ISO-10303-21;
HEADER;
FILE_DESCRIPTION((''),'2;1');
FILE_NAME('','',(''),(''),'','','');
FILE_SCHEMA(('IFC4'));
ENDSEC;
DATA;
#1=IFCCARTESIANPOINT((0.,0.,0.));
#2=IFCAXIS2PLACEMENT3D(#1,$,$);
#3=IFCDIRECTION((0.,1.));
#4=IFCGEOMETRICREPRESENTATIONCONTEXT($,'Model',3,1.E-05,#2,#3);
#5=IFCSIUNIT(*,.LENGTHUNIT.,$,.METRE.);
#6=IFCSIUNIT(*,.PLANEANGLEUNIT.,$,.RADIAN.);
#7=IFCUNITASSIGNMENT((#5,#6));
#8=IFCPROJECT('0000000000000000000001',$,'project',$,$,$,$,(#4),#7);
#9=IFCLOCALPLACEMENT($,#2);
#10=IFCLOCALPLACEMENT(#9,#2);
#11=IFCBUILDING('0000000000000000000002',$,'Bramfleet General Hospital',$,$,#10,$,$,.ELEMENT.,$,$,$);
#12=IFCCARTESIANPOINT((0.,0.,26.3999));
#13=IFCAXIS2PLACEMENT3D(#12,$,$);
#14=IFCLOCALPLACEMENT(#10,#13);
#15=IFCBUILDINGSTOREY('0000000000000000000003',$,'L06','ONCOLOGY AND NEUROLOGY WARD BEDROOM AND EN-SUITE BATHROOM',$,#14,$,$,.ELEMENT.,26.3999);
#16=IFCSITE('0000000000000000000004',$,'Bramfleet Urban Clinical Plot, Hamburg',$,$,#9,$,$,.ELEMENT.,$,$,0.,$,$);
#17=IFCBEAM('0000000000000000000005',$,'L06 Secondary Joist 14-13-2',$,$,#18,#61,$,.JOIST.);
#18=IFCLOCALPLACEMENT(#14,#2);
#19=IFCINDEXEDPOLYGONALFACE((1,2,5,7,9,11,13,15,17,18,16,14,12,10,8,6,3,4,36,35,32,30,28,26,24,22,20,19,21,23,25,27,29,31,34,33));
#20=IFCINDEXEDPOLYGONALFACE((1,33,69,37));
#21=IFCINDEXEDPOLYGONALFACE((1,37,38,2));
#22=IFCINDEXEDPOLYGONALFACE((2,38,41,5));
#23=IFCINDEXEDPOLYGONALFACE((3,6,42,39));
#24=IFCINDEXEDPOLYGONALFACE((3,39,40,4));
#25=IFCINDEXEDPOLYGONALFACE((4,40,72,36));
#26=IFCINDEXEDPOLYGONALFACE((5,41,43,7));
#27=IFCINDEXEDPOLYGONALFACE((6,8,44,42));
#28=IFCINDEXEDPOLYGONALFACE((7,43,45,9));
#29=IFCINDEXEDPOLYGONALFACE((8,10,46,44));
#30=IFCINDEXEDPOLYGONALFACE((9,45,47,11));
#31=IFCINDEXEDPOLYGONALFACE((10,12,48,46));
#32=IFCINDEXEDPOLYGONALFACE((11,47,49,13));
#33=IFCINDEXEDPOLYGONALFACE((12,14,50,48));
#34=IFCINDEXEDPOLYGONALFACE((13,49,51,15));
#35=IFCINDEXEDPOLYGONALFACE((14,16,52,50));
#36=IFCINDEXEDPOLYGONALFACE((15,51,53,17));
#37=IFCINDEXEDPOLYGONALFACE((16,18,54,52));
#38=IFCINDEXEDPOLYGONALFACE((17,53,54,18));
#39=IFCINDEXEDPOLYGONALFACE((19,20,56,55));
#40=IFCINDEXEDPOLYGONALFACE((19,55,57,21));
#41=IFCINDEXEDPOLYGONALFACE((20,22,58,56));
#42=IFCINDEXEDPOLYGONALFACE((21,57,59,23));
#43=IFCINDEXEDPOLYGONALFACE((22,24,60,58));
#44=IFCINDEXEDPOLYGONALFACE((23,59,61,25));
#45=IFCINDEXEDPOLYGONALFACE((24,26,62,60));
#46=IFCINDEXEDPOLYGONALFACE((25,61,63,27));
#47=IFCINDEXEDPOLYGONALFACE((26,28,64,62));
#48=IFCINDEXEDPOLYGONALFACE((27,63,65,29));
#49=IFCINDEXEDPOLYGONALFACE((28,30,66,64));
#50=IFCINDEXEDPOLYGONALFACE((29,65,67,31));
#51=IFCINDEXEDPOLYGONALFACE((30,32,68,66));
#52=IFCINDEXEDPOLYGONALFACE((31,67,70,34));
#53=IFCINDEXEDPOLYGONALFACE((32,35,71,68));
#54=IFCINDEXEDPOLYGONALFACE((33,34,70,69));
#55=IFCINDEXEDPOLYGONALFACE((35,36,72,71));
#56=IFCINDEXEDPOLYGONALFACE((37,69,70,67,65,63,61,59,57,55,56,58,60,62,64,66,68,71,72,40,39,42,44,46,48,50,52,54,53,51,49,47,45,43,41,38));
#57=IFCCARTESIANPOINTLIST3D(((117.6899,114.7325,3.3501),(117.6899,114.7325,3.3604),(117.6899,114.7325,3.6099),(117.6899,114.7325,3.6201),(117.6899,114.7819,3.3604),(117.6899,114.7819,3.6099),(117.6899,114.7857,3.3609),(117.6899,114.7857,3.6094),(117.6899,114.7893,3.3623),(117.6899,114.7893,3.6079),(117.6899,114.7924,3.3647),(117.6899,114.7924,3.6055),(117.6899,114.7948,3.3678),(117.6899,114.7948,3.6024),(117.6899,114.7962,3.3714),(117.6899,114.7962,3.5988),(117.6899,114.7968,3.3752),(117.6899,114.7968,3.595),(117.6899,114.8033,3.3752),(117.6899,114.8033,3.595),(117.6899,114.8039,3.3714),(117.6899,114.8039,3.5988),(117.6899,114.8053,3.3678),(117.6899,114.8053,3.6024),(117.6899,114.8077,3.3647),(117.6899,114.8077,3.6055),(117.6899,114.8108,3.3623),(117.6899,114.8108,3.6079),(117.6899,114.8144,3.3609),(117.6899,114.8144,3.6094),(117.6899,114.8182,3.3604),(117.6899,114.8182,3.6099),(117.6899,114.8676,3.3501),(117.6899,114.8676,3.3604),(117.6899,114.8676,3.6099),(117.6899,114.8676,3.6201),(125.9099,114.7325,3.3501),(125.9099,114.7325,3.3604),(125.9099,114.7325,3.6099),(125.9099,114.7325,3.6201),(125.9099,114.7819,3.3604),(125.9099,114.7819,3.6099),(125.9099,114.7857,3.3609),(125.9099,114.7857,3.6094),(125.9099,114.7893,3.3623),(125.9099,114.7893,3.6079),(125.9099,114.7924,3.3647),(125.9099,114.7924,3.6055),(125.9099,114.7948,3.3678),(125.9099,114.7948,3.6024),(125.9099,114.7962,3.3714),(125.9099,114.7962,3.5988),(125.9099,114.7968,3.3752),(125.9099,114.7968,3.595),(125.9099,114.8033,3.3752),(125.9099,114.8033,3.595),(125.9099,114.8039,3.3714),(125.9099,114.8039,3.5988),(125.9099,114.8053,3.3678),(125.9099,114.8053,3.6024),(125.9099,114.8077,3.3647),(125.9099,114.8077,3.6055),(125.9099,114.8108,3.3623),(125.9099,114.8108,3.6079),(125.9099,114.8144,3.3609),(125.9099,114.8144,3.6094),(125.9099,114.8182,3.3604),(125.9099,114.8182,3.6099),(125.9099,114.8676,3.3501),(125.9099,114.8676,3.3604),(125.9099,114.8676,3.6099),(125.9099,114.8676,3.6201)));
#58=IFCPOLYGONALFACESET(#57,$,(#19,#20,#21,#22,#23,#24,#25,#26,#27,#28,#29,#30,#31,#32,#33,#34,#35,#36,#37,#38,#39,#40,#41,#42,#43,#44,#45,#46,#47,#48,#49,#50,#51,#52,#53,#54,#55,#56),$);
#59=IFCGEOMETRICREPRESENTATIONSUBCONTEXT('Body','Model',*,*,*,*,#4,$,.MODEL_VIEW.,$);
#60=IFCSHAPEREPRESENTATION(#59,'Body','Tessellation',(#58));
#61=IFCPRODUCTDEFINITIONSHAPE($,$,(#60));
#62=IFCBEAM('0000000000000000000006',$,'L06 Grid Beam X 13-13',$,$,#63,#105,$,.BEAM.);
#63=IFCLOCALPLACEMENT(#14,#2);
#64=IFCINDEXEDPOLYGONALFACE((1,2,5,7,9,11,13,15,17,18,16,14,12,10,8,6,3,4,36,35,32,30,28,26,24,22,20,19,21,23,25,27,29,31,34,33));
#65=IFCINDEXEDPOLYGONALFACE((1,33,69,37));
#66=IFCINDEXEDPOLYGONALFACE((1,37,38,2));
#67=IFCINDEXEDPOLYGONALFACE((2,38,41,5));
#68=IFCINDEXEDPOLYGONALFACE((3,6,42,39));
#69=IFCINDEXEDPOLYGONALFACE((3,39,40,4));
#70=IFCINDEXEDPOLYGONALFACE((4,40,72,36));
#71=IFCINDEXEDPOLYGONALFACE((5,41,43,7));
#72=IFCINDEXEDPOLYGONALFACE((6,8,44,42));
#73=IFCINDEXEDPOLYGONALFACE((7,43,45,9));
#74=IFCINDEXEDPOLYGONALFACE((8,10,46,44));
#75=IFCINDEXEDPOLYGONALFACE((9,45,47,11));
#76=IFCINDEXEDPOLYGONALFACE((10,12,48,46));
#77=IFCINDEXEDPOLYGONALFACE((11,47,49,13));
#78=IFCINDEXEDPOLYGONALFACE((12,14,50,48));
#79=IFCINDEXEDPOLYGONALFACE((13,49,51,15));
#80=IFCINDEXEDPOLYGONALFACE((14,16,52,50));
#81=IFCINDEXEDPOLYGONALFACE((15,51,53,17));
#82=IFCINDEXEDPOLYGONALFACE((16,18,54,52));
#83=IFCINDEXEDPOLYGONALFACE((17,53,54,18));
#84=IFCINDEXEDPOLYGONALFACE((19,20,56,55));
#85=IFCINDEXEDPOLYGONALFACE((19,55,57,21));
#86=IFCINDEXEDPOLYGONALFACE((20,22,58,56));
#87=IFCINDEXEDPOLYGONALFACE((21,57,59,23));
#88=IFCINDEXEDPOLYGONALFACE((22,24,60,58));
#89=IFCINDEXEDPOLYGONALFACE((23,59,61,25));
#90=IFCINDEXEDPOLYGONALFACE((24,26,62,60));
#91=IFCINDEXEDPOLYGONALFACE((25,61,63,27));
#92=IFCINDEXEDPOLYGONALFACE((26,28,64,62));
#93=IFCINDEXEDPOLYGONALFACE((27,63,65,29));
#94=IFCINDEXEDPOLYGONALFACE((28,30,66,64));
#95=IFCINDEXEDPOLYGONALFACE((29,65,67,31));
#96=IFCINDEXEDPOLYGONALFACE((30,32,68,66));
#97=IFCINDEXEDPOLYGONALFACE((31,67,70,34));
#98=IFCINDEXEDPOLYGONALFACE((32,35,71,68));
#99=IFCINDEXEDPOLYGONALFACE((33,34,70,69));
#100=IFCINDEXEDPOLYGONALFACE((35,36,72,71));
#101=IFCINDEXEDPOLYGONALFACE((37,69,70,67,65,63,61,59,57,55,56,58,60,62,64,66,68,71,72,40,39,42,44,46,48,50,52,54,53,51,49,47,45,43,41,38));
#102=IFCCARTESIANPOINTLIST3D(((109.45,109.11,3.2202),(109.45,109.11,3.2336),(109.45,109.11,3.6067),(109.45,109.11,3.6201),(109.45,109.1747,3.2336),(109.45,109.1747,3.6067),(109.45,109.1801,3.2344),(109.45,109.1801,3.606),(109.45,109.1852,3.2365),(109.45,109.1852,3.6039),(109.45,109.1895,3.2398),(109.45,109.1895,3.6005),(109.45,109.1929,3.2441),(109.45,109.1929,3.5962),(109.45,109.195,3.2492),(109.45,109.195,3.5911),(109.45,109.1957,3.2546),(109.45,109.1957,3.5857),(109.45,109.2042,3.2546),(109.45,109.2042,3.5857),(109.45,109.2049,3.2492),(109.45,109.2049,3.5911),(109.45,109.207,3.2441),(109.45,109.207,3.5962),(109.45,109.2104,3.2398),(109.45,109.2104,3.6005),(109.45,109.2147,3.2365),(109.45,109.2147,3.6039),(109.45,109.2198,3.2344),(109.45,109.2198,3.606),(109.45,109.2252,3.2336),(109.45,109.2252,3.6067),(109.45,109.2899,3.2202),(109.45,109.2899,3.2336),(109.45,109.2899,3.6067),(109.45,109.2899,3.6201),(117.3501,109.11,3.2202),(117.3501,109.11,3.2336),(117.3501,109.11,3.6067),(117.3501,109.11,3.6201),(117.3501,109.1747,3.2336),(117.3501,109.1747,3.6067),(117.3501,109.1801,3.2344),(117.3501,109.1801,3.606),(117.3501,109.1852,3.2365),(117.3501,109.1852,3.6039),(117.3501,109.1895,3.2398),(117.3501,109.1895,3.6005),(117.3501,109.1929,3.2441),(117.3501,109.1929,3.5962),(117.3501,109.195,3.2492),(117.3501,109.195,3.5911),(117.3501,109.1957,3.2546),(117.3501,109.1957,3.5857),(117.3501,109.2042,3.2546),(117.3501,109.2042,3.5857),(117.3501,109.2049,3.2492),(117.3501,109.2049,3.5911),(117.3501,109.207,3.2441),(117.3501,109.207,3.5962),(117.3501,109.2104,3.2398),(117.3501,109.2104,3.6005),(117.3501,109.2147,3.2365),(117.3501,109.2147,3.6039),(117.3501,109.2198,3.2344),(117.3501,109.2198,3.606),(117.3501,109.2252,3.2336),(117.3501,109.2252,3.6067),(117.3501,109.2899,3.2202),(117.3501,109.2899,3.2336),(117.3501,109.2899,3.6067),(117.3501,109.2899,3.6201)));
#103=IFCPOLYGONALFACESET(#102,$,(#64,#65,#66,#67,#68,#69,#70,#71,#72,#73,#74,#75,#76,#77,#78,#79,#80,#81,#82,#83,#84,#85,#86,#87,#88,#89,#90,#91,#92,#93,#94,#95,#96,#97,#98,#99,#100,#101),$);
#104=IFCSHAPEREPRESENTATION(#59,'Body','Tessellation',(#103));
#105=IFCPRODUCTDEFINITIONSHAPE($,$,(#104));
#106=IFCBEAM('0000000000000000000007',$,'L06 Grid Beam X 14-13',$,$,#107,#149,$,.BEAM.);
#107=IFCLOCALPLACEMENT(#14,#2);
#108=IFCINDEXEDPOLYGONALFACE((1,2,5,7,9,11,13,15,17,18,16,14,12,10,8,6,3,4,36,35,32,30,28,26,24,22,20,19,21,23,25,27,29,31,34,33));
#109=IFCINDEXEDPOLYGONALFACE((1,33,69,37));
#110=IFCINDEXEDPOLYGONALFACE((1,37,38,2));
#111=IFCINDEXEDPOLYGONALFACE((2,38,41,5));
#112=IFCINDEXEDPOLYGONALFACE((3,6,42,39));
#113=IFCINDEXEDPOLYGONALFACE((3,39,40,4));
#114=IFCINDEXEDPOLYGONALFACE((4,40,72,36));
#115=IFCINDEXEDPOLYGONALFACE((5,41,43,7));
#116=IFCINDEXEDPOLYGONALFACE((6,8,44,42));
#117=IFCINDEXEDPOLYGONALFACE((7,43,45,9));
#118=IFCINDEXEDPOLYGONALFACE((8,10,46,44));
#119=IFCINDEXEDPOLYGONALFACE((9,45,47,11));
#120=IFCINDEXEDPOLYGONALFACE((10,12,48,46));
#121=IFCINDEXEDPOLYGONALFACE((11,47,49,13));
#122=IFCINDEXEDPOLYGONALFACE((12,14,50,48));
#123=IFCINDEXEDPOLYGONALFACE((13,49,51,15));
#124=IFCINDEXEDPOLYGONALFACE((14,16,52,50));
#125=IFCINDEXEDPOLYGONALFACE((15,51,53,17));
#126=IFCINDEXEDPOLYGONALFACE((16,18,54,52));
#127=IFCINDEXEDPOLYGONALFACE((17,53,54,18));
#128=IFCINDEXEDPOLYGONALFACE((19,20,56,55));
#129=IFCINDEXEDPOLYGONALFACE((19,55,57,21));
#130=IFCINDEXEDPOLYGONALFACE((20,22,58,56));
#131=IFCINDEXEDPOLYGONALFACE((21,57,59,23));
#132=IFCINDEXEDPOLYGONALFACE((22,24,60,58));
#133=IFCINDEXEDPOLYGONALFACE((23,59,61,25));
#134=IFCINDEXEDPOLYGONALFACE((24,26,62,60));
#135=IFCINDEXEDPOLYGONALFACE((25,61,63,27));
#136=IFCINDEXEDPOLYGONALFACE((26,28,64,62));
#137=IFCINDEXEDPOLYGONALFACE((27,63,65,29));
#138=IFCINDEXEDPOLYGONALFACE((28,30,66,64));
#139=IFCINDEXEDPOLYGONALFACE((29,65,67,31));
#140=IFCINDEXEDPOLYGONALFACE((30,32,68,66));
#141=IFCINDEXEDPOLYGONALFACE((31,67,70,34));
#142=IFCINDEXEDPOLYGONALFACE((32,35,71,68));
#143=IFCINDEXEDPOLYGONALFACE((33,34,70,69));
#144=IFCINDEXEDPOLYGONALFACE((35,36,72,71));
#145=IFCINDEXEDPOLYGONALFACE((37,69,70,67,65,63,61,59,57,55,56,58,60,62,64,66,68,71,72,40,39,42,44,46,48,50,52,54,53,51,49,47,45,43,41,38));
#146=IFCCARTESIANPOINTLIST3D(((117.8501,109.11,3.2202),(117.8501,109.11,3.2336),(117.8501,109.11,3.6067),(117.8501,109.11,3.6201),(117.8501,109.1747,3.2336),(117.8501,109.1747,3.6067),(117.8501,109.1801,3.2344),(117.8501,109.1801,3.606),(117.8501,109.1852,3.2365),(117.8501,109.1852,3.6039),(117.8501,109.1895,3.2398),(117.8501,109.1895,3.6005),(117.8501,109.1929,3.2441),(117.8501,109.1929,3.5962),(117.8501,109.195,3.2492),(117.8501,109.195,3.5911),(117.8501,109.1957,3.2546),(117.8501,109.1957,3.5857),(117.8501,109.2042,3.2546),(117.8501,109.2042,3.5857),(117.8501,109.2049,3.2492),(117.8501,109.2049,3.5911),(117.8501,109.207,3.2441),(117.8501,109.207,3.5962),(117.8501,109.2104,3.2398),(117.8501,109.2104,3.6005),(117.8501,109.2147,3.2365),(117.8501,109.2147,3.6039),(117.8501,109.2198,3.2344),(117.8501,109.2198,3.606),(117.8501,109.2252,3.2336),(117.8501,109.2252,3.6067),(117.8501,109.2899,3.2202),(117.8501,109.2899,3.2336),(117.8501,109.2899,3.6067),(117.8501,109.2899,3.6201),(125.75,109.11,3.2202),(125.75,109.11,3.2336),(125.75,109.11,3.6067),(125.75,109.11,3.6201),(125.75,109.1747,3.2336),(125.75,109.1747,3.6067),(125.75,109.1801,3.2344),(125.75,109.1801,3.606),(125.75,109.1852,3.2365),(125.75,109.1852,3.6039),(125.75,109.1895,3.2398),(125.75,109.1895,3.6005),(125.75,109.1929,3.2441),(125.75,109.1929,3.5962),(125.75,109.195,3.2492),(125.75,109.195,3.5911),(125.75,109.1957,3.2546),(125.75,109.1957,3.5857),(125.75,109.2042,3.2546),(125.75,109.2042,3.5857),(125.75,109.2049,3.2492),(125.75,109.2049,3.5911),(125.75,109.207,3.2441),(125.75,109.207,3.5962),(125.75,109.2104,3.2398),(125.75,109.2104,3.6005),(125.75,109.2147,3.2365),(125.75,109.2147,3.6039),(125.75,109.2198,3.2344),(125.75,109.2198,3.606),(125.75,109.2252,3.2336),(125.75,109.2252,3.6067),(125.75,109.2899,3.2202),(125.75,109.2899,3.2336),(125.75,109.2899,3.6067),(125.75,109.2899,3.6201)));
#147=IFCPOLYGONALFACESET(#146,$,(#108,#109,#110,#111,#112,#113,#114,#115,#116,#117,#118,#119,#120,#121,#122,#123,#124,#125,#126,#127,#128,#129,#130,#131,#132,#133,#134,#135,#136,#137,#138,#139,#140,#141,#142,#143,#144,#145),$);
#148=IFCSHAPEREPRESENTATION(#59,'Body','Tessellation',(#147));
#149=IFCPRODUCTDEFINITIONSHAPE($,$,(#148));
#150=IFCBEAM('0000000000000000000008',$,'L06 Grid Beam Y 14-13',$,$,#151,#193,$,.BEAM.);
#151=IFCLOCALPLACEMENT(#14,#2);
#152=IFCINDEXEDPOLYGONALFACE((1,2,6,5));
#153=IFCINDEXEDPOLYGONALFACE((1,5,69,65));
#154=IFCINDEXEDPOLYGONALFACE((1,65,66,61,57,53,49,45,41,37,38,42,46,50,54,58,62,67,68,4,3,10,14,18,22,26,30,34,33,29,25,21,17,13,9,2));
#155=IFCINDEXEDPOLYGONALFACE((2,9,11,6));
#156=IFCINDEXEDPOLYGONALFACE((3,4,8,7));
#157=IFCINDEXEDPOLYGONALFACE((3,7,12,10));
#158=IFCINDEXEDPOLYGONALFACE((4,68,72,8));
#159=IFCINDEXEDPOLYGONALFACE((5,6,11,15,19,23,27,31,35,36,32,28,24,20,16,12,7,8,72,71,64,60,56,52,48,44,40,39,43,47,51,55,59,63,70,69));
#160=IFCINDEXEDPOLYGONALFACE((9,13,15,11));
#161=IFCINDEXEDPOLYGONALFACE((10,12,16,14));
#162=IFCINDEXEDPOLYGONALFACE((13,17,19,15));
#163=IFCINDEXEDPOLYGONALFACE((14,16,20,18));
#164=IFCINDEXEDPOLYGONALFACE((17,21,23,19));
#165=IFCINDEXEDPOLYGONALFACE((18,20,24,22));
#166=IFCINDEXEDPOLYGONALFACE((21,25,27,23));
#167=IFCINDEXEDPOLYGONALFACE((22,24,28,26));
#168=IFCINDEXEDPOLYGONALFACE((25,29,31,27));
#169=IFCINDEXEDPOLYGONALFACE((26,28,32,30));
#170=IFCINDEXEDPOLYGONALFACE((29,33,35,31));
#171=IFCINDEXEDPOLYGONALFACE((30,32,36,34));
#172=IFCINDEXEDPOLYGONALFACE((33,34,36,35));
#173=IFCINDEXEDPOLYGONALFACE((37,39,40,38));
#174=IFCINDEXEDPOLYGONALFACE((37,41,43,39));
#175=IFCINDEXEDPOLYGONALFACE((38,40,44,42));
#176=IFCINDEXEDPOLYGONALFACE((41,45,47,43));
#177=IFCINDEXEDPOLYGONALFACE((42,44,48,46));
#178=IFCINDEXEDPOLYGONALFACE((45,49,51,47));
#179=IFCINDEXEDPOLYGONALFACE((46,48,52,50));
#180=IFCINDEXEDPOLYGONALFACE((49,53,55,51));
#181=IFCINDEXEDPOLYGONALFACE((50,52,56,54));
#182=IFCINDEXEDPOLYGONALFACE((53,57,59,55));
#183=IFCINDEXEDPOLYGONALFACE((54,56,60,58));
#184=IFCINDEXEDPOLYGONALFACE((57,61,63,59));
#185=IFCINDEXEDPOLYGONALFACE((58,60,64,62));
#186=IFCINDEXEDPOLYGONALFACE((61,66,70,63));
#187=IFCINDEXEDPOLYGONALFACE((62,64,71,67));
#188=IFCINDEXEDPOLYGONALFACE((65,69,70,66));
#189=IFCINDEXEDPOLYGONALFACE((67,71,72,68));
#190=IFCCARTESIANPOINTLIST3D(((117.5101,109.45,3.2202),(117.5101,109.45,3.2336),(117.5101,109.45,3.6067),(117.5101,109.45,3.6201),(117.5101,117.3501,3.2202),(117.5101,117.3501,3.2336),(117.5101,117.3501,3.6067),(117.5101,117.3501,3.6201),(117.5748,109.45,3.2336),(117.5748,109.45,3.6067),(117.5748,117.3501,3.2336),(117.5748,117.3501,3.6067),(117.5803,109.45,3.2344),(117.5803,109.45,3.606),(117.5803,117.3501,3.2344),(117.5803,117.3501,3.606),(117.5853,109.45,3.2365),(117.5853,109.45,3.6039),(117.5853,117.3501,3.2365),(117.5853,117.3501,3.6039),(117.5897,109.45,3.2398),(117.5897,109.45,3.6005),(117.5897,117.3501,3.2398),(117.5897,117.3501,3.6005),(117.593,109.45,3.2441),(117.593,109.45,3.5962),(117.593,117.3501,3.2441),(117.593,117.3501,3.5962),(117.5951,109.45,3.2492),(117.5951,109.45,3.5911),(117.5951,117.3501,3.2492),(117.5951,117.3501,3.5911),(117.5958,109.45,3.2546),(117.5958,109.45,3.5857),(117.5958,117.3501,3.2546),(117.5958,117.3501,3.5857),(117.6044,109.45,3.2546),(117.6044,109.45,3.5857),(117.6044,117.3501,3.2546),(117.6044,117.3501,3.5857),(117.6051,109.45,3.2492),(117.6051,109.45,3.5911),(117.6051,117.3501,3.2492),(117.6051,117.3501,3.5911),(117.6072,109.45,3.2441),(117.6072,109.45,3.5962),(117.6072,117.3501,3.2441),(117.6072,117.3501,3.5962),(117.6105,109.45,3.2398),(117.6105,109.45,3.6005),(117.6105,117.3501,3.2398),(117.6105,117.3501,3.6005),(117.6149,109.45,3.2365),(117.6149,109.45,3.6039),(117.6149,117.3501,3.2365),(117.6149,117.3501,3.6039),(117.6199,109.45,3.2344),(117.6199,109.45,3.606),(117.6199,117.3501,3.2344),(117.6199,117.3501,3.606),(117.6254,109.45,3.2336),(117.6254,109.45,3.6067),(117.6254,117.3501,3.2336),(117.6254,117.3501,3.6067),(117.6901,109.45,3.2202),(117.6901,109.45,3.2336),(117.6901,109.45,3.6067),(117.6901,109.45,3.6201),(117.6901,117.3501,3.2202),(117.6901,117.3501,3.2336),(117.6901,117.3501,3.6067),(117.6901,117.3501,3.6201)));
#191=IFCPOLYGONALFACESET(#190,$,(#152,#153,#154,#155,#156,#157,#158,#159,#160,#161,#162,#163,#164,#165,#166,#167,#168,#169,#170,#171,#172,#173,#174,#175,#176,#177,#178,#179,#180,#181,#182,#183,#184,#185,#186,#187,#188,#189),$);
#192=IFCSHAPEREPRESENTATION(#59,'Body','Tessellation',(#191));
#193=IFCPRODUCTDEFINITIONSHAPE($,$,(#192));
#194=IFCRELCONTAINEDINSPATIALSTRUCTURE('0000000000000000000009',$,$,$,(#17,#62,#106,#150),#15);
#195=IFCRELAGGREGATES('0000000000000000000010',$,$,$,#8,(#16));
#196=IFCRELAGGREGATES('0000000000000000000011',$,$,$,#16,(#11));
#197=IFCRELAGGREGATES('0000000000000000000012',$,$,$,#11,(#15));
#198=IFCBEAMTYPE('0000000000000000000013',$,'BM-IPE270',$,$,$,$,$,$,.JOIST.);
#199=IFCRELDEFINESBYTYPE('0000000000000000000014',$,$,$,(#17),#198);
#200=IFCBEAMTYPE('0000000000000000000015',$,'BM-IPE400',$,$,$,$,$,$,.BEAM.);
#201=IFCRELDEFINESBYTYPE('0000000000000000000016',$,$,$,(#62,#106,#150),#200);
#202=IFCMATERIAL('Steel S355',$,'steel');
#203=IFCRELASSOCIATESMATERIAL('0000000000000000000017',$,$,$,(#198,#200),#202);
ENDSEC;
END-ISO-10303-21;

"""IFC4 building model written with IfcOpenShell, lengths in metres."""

from ifc_helpers import new_model, si_unit, direction, frame, origin, origin_2d, place, context, subcontext, project, spatial, i_section, extrude, material, material_profile, profile_set, type_object, element, save


model = new_model("IFC4")

# Units and contexts
model_context = context("Model", 3, precision=1e-05, world=origin(), true_north=direction((0.0, 1.0)))
body_context = subcontext(model_context, "Body", "Model", "MODEL_VIEW")
ifc_project = project(units=[si_unit("LENGTHUNIT", "METRE"), si_unit("PLANEANGLEUNIT", "RADIAN")], contexts=[model_context])

# Site, building, storey
site_placement = place(None, origin())
site = spatial("IfcSite", under=ifc_project, at=site_placement, Name="Bramfleet Urban Clinical Plot, Hamburg", CompositionType="ELEMENT", RefElevation=0.0)
building_placement = place(site_placement, origin())
building = spatial("IfcBuilding", under=site, at=building_placement, Name="Bramfleet General Hospital", CompositionType="ELEMENT")
storey_placement = place(building_placement, frame((0.0, 0.0, 26.3999)))
storey = spatial("IfcBuildingStorey", under=building, at=storey_placement, Name="L06", Description="ONCOLOGY AND NEUROLOGY WARD BEDROOM AND EN-SUITE BATHROOM", CompositionType="ELEMENT", Elevation=26.3999)

# Beams
ifc_material_1 = material(Name="Steel S355", Category="steel")
ifc_material_profile_1 = material_profile(ifc_material_1, i_section(OverallWidth=0.135, OverallDepth=0.27, WebThickness=0.0066, FlangeThickness=0.0103, FilletRadius=0.0149, at=origin_2d()), Name="IPE 270")
ifc_profile_set_1 = profile_set([ifc_material_profile_1], Name="Steel S355")
beam_type_1 = type_object("IfcBeamType", Name="BM-IPE270", PredefinedType="JOIST", material=ifc_profile_set_1)
for number, where, z_axis, x_axis, name in (
    (1, (117.6899, 114.8, 3.4851), (1.0, 0.0, 0.0), (0.0, 1.0, 0.0), "L06 Secondary Joist 14-13-2"),
):
    element("IfcBeam", number, at=place(storey_placement, frame(where, z_axis=z_axis, x_axis=x_axis)), inside=storey, type_object=beam_type_1, Name=name, PredefinedType="JOIST", context=body_context, shape_type="SweptSolid", body=[
        extrude(i_section(OverallWidth=0.135, OverallDepth=0.27, WebThickness=0.0066, FlangeThickness=0.0103, FilletRadius=0.0149, at=origin_2d()), origin(), (0.0, 0.0, 1.0), 8.22),
    ])
ifc_material_profile_2 = material_profile(ifc_material_1, i_section(OverallWidth=0.1799, OverallDepth=0.3999, WebThickness=0.0085, FlangeThickness=0.0134, FilletRadius=0.021, at=origin_2d()), Name="IPE 400")
ifc_profile_set_2 = profile_set([ifc_material_profile_2], Name="Steel S355")
beam_type_2 = type_object("IfcBeamType", Name="BM-IPE400", PredefinedType="BEAM", material=ifc_profile_set_2)
beam_1_placement = place(storey_placement, frame((109.45, 109.2, 3.4202), z_axis=(1.0, 0.0, 0.0), x_axis=(0.0, 1.0, 0.0)))
element("IfcBeam", 2, at=beam_1_placement, inside=storey, type_object=beam_type_2, Name="L06 Grid Beam X 13-13", PredefinedType="BEAM", context=body_context, shape_type="SweptSolid", body=[
    extrude(i_section(OverallWidth=0.1799, OverallDepth=0.3999, WebThickness=0.0085, FlangeThickness=0.0134, FilletRadius=0.021, at=origin_2d()), origin(), (0.0, 0.0, 1.0), 7.9001),
])
beam_2_placement = place(storey_placement, frame((117.8501, 109.2, 3.4202), z_axis=(1.0, 0.0, 0.0), x_axis=(0.0, 1.0, 0.0)))
element("IfcBeam", 3, at=beam_2_placement, inside=storey, type_object=beam_type_2, Name="L06 Grid Beam X 14-13", PredefinedType="BEAM", context=body_context, shape_type="SweptSolid", body=[
    extrude(i_section(OverallWidth=0.1799, OverallDepth=0.3999, WebThickness=0.0085, FlangeThickness=0.0134, FilletRadius=0.021, at=origin_2d()), origin(), (0.0, 0.0, 1.0), 7.8999),
])
beam_3_placement = place(storey_placement, frame((117.6001, 109.45, 3.4202), z_axis=(0.0, 1.0, 0.0), x_axis=(-1.0, 0.0, 0.0)))
element("IfcBeam", 4, at=beam_3_placement, inside=storey, type_object=beam_type_2, Name="L06 Grid Beam Y 14-13", PredefinedType="BEAM", context=body_context, shape_type="SweptSolid", body=[
    extrude(i_section(OverallWidth=0.1799, OverallDepth=0.3999, WebThickness=0.0085, FlangeThickness=0.0134, FilletRadius=0.021, at=origin_2d()), origin(), (0.0, 0.0, 1.0), 7.9001),
])

save(model, "model.ifc")
